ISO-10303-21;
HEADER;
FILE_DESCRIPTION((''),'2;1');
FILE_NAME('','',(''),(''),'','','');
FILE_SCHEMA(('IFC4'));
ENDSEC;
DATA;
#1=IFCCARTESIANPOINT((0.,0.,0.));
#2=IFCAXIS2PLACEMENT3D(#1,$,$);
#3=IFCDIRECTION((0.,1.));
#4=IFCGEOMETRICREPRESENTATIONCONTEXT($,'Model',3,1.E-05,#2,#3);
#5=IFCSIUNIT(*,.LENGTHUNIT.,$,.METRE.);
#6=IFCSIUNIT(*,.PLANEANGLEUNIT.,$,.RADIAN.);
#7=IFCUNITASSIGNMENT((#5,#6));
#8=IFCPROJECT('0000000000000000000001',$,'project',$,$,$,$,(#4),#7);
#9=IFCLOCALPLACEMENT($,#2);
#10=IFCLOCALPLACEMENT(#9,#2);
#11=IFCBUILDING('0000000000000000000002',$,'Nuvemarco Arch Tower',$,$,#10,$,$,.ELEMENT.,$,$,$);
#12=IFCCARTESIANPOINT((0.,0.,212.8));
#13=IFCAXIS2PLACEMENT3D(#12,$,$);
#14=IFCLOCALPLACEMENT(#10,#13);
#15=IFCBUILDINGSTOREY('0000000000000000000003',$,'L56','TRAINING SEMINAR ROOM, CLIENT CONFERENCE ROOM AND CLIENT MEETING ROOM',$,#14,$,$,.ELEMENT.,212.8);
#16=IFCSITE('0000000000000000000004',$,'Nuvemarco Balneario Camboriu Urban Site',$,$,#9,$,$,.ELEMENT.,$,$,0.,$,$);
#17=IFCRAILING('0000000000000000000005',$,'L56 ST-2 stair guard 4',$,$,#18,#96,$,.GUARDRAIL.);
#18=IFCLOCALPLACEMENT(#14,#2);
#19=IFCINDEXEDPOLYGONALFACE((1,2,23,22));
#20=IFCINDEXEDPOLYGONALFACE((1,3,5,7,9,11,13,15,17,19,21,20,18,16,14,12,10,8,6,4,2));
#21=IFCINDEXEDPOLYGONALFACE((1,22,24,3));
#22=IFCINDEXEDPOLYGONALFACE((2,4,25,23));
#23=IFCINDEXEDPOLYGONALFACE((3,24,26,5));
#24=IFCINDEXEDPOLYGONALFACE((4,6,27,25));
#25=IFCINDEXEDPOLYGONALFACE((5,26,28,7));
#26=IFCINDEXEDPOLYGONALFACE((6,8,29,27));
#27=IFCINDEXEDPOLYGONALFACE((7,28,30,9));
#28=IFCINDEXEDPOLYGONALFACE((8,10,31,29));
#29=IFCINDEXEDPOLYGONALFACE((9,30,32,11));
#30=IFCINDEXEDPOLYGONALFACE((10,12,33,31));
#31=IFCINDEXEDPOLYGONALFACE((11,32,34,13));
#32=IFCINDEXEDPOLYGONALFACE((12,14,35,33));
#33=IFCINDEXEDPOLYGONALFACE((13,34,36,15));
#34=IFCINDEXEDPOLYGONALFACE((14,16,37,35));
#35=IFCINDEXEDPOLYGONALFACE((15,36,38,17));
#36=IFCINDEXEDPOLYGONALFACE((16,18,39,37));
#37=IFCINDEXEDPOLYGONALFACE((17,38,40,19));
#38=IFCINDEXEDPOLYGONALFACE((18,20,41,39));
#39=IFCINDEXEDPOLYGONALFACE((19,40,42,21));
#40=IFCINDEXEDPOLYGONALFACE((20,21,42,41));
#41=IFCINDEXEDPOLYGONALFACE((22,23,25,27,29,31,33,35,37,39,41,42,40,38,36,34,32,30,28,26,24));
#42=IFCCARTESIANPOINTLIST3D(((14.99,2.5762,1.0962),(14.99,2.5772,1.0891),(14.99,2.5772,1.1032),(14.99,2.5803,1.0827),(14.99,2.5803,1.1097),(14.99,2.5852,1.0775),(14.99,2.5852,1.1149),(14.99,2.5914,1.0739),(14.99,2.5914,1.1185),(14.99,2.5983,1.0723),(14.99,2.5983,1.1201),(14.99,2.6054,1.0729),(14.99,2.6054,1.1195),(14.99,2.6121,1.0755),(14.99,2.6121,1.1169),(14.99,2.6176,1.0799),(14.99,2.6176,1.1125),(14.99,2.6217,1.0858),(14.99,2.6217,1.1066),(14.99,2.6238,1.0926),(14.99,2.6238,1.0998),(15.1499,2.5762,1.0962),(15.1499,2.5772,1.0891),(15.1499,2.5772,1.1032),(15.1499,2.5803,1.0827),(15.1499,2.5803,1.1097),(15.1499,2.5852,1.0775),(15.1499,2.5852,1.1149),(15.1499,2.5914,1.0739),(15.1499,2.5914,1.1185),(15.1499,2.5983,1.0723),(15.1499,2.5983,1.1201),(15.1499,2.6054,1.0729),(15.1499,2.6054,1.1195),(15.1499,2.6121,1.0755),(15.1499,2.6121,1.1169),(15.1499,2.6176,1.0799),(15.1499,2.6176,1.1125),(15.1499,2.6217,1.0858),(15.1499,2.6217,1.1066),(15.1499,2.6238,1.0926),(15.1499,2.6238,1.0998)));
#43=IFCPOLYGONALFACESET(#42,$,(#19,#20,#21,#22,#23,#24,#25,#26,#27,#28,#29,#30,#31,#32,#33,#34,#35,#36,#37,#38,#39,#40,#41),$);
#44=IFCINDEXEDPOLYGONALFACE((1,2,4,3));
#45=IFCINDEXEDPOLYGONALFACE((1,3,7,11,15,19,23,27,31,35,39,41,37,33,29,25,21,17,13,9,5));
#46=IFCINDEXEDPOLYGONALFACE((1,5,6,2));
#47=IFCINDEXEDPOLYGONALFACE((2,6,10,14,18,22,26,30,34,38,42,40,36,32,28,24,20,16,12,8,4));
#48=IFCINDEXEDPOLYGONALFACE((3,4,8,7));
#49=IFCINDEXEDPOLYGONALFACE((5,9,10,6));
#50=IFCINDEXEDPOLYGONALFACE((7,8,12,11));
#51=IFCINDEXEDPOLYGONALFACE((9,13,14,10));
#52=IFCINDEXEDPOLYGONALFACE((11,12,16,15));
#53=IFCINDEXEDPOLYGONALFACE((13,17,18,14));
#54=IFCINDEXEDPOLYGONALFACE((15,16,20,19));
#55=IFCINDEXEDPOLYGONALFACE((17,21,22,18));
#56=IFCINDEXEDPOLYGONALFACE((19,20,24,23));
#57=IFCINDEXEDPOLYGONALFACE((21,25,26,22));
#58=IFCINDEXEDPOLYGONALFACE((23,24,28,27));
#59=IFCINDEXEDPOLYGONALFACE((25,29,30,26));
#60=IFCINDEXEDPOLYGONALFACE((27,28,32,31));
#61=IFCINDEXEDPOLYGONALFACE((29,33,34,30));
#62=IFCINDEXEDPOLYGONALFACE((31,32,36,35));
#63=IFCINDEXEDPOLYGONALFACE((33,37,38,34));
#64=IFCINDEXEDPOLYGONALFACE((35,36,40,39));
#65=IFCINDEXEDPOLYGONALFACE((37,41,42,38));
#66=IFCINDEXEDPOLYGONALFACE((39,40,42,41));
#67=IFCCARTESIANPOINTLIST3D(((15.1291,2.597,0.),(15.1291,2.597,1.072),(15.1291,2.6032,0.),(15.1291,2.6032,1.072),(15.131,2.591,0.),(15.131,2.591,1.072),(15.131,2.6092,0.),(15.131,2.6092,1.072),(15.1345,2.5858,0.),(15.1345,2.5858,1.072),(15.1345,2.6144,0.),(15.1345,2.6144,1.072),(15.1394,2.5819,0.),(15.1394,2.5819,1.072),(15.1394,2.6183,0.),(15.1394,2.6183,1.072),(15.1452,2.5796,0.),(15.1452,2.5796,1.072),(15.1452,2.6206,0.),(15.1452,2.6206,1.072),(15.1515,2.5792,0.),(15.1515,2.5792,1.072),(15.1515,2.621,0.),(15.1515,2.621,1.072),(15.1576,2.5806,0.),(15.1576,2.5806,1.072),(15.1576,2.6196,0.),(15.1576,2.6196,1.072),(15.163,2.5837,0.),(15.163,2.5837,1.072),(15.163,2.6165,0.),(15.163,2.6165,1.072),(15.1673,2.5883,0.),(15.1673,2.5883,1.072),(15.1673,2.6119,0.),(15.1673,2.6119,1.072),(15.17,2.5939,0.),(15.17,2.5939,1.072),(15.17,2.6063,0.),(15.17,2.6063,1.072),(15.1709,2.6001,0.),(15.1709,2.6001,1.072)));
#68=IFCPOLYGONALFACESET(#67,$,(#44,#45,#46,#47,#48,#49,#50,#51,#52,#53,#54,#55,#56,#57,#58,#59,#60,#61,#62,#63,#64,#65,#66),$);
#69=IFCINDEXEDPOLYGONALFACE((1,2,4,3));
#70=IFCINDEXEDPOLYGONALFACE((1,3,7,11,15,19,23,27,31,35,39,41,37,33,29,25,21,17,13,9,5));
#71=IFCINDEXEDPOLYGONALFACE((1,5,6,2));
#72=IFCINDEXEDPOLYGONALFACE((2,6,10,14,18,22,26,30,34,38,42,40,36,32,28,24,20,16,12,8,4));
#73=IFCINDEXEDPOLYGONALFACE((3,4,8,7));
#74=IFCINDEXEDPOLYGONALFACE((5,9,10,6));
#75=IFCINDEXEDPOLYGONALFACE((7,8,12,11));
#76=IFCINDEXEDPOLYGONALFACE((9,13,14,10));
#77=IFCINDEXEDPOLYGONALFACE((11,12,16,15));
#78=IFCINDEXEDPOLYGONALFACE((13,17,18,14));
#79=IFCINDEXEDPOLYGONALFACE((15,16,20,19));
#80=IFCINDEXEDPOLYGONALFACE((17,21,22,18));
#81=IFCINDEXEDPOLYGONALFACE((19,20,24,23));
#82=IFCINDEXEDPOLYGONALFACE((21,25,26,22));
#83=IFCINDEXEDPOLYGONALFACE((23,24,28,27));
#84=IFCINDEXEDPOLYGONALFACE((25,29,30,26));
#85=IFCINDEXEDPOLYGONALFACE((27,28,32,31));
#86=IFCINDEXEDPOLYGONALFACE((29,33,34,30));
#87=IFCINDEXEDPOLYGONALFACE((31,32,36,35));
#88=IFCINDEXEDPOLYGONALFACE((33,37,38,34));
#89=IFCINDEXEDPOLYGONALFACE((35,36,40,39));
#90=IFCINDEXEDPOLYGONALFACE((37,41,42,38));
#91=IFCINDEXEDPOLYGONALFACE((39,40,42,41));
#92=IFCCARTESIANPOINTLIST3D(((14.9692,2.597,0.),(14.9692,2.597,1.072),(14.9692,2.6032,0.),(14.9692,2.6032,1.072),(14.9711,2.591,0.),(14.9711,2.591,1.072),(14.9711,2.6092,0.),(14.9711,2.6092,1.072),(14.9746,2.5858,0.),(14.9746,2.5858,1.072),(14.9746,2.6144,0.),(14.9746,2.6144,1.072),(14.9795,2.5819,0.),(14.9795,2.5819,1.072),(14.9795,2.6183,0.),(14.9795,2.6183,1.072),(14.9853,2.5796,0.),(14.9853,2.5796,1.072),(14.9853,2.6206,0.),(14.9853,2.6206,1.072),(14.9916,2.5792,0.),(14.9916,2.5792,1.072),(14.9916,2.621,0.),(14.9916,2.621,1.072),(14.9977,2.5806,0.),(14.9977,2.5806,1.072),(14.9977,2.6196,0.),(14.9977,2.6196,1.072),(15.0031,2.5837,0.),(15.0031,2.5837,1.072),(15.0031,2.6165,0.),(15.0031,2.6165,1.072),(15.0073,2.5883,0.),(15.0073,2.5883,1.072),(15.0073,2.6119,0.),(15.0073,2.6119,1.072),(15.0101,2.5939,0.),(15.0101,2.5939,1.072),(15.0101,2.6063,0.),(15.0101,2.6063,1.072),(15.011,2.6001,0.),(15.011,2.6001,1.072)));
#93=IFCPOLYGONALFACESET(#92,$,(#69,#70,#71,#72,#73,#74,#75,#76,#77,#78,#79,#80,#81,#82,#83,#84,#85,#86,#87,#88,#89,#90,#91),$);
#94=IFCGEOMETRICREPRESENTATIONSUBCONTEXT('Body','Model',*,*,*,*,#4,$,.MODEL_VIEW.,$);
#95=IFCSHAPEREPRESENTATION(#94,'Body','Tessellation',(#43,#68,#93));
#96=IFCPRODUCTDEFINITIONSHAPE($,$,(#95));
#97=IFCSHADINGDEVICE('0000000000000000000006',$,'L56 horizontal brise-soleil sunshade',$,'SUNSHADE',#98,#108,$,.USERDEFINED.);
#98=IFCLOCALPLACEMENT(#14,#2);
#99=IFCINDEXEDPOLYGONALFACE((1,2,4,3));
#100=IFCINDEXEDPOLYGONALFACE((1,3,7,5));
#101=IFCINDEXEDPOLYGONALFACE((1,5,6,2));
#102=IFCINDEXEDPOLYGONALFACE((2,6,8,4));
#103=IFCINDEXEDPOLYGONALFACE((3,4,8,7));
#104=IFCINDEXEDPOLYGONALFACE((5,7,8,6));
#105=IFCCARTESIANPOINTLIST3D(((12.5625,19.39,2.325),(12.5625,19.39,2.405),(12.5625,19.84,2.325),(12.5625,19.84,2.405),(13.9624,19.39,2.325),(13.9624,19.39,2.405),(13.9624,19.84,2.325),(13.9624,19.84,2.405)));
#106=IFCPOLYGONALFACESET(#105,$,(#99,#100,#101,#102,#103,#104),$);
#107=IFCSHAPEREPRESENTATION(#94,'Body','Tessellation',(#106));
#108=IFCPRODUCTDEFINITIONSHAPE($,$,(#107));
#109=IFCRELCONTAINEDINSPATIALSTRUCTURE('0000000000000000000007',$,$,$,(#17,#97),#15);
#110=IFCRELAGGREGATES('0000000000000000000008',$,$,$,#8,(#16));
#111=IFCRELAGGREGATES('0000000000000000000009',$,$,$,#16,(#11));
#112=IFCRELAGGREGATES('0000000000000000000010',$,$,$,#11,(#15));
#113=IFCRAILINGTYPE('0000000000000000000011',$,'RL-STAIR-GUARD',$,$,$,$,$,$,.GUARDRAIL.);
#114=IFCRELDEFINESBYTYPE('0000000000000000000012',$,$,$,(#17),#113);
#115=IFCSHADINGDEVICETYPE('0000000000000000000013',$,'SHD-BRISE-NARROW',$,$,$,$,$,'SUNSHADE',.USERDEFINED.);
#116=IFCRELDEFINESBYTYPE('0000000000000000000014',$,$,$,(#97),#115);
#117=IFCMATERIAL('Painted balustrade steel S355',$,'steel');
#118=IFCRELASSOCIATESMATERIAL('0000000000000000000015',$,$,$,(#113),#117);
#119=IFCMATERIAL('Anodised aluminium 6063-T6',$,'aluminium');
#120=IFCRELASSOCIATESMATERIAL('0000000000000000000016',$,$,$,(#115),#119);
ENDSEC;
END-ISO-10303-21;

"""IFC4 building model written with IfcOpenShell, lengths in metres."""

from ifc_helpers import new_model, si_unit, direction, frame, origin, origin_2d, place, context, subcontext, project, spatial, rectangle, circle, extrude, source, transform, mapped, material, type_object, type_shapes, element, save


model = new_model("IFC4")

# Units and contexts
model_context = context("Model", 3, precision=1e-05, world=origin(), true_north=direction((0.0, 1.0)))
body_context = subcontext(model_context, "Body", "Model", "MODEL_VIEW")
ifc_project = project(units=[si_unit("LENGTHUNIT", "METRE"), si_unit("PLANEANGLEUNIT", "RADIAN")], contexts=[model_context])

# Site, building, storey
site_placement = place(None, origin())
site = spatial("IfcSite", under=ifc_project, at=site_placement, Name="Nuvemarco Balneario Camboriu Urban Site", CompositionType="ELEMENT", RefElevation=0.0)
building_placement = place(site_placement, origin())
building = spatial("IfcBuilding", under=site, at=building_placement, Name="Nuvemarco Arch Tower", CompositionType="ELEMENT")
storey_placement = place(building_placement, frame((0.0, 0.0, 212.8)))
storey = spatial("IfcBuildingStorey", under=building, at=storey_placement, Name="L56", Description="TRAINING SEMINAR ROOM, CLIENT CONFERENCE ROOM AND CLIENT MEETING ROOM", CompositionType="ELEMENT", Elevation=212.8)

# Railing
ifc_material_1 = material(Name="Painted balustrade steel S355", Category="steel")
railing_type_1 = type_object("IfcRailingType", Name="RL-STAIR-GUARD", PredefinedType="GUARDRAIL", material=ifc_material_1)
railing_1_placement = place(storey_placement, frame((15.1499, 2.6001, 0.0)))
element("IfcRailing", 1, at=railing_1_placement, inside=storey, type_object=railing_type_1, Name="L56 ST-2 stair guard 4", PredefinedType="GUARDRAIL", context=body_context, shape_type="SweptSolid", body=[
    extrude(circle(Radius=0.0239, at=origin_2d()), frame((0.0, 0.0, 1.0962), z_axis=(-1.0, 0.0, 0.0), x_axis=(0.0, -1.0, 0.0)), (0.0, 0.0, 1.0), 0.1599),
    extrude(circle(Radius=0.021, at=origin_2d()), origin(), (0.0, 0.0, 1.0), 1.072),
    extrude(circle(Radius=0.021, at=origin_2d()), frame((-0.1599, 0.0, 0.0)), (0.0, 0.0, 1.0), 1.072),
])

# Shading device
ifc_material_2 = material(Name="Anodised aluminium 6063-T6", Category="aluminium")
shading_device_type = type_object("IfcShadingDeviceType", Name="SHD-BRISE-NARROW", ElementType="SUNSHADE", PredefinedType="USERDEFINED", material=ifc_material_2)
shared_shape_1 = source(origin(), body_context, "Body", "SweptSolid", [
    extrude(rectangle(XDim=1.3999, YDim=0.45, at=origin_2d()), origin(), (0.0, 0.0, 1.0), 0.0801),
])
type_shapes(shading_device_type, [shared_shape_1])
shading_device_placement = place(storey_placement, frame((13.2625, 19.615, 2.325), z_axis=(0.0, 0.0, 1.0), x_axis=(1.0, 0.0, 0.0)))
element("IfcShadingDevice", 2, at=shading_device_placement, inside=storey, type_object=shading_device_type, Name="L56 horizontal brise-soleil sunshade", ObjectType="SUNSHADE", PredefinedType="USERDEFINED", context=body_context, shape_type="MappedRepresentation", body=[
    mapped(shared_shape_1, transform((0.0, 0.0, 0.0), scale=1.0)),
])

save(model, "model.ifc")
